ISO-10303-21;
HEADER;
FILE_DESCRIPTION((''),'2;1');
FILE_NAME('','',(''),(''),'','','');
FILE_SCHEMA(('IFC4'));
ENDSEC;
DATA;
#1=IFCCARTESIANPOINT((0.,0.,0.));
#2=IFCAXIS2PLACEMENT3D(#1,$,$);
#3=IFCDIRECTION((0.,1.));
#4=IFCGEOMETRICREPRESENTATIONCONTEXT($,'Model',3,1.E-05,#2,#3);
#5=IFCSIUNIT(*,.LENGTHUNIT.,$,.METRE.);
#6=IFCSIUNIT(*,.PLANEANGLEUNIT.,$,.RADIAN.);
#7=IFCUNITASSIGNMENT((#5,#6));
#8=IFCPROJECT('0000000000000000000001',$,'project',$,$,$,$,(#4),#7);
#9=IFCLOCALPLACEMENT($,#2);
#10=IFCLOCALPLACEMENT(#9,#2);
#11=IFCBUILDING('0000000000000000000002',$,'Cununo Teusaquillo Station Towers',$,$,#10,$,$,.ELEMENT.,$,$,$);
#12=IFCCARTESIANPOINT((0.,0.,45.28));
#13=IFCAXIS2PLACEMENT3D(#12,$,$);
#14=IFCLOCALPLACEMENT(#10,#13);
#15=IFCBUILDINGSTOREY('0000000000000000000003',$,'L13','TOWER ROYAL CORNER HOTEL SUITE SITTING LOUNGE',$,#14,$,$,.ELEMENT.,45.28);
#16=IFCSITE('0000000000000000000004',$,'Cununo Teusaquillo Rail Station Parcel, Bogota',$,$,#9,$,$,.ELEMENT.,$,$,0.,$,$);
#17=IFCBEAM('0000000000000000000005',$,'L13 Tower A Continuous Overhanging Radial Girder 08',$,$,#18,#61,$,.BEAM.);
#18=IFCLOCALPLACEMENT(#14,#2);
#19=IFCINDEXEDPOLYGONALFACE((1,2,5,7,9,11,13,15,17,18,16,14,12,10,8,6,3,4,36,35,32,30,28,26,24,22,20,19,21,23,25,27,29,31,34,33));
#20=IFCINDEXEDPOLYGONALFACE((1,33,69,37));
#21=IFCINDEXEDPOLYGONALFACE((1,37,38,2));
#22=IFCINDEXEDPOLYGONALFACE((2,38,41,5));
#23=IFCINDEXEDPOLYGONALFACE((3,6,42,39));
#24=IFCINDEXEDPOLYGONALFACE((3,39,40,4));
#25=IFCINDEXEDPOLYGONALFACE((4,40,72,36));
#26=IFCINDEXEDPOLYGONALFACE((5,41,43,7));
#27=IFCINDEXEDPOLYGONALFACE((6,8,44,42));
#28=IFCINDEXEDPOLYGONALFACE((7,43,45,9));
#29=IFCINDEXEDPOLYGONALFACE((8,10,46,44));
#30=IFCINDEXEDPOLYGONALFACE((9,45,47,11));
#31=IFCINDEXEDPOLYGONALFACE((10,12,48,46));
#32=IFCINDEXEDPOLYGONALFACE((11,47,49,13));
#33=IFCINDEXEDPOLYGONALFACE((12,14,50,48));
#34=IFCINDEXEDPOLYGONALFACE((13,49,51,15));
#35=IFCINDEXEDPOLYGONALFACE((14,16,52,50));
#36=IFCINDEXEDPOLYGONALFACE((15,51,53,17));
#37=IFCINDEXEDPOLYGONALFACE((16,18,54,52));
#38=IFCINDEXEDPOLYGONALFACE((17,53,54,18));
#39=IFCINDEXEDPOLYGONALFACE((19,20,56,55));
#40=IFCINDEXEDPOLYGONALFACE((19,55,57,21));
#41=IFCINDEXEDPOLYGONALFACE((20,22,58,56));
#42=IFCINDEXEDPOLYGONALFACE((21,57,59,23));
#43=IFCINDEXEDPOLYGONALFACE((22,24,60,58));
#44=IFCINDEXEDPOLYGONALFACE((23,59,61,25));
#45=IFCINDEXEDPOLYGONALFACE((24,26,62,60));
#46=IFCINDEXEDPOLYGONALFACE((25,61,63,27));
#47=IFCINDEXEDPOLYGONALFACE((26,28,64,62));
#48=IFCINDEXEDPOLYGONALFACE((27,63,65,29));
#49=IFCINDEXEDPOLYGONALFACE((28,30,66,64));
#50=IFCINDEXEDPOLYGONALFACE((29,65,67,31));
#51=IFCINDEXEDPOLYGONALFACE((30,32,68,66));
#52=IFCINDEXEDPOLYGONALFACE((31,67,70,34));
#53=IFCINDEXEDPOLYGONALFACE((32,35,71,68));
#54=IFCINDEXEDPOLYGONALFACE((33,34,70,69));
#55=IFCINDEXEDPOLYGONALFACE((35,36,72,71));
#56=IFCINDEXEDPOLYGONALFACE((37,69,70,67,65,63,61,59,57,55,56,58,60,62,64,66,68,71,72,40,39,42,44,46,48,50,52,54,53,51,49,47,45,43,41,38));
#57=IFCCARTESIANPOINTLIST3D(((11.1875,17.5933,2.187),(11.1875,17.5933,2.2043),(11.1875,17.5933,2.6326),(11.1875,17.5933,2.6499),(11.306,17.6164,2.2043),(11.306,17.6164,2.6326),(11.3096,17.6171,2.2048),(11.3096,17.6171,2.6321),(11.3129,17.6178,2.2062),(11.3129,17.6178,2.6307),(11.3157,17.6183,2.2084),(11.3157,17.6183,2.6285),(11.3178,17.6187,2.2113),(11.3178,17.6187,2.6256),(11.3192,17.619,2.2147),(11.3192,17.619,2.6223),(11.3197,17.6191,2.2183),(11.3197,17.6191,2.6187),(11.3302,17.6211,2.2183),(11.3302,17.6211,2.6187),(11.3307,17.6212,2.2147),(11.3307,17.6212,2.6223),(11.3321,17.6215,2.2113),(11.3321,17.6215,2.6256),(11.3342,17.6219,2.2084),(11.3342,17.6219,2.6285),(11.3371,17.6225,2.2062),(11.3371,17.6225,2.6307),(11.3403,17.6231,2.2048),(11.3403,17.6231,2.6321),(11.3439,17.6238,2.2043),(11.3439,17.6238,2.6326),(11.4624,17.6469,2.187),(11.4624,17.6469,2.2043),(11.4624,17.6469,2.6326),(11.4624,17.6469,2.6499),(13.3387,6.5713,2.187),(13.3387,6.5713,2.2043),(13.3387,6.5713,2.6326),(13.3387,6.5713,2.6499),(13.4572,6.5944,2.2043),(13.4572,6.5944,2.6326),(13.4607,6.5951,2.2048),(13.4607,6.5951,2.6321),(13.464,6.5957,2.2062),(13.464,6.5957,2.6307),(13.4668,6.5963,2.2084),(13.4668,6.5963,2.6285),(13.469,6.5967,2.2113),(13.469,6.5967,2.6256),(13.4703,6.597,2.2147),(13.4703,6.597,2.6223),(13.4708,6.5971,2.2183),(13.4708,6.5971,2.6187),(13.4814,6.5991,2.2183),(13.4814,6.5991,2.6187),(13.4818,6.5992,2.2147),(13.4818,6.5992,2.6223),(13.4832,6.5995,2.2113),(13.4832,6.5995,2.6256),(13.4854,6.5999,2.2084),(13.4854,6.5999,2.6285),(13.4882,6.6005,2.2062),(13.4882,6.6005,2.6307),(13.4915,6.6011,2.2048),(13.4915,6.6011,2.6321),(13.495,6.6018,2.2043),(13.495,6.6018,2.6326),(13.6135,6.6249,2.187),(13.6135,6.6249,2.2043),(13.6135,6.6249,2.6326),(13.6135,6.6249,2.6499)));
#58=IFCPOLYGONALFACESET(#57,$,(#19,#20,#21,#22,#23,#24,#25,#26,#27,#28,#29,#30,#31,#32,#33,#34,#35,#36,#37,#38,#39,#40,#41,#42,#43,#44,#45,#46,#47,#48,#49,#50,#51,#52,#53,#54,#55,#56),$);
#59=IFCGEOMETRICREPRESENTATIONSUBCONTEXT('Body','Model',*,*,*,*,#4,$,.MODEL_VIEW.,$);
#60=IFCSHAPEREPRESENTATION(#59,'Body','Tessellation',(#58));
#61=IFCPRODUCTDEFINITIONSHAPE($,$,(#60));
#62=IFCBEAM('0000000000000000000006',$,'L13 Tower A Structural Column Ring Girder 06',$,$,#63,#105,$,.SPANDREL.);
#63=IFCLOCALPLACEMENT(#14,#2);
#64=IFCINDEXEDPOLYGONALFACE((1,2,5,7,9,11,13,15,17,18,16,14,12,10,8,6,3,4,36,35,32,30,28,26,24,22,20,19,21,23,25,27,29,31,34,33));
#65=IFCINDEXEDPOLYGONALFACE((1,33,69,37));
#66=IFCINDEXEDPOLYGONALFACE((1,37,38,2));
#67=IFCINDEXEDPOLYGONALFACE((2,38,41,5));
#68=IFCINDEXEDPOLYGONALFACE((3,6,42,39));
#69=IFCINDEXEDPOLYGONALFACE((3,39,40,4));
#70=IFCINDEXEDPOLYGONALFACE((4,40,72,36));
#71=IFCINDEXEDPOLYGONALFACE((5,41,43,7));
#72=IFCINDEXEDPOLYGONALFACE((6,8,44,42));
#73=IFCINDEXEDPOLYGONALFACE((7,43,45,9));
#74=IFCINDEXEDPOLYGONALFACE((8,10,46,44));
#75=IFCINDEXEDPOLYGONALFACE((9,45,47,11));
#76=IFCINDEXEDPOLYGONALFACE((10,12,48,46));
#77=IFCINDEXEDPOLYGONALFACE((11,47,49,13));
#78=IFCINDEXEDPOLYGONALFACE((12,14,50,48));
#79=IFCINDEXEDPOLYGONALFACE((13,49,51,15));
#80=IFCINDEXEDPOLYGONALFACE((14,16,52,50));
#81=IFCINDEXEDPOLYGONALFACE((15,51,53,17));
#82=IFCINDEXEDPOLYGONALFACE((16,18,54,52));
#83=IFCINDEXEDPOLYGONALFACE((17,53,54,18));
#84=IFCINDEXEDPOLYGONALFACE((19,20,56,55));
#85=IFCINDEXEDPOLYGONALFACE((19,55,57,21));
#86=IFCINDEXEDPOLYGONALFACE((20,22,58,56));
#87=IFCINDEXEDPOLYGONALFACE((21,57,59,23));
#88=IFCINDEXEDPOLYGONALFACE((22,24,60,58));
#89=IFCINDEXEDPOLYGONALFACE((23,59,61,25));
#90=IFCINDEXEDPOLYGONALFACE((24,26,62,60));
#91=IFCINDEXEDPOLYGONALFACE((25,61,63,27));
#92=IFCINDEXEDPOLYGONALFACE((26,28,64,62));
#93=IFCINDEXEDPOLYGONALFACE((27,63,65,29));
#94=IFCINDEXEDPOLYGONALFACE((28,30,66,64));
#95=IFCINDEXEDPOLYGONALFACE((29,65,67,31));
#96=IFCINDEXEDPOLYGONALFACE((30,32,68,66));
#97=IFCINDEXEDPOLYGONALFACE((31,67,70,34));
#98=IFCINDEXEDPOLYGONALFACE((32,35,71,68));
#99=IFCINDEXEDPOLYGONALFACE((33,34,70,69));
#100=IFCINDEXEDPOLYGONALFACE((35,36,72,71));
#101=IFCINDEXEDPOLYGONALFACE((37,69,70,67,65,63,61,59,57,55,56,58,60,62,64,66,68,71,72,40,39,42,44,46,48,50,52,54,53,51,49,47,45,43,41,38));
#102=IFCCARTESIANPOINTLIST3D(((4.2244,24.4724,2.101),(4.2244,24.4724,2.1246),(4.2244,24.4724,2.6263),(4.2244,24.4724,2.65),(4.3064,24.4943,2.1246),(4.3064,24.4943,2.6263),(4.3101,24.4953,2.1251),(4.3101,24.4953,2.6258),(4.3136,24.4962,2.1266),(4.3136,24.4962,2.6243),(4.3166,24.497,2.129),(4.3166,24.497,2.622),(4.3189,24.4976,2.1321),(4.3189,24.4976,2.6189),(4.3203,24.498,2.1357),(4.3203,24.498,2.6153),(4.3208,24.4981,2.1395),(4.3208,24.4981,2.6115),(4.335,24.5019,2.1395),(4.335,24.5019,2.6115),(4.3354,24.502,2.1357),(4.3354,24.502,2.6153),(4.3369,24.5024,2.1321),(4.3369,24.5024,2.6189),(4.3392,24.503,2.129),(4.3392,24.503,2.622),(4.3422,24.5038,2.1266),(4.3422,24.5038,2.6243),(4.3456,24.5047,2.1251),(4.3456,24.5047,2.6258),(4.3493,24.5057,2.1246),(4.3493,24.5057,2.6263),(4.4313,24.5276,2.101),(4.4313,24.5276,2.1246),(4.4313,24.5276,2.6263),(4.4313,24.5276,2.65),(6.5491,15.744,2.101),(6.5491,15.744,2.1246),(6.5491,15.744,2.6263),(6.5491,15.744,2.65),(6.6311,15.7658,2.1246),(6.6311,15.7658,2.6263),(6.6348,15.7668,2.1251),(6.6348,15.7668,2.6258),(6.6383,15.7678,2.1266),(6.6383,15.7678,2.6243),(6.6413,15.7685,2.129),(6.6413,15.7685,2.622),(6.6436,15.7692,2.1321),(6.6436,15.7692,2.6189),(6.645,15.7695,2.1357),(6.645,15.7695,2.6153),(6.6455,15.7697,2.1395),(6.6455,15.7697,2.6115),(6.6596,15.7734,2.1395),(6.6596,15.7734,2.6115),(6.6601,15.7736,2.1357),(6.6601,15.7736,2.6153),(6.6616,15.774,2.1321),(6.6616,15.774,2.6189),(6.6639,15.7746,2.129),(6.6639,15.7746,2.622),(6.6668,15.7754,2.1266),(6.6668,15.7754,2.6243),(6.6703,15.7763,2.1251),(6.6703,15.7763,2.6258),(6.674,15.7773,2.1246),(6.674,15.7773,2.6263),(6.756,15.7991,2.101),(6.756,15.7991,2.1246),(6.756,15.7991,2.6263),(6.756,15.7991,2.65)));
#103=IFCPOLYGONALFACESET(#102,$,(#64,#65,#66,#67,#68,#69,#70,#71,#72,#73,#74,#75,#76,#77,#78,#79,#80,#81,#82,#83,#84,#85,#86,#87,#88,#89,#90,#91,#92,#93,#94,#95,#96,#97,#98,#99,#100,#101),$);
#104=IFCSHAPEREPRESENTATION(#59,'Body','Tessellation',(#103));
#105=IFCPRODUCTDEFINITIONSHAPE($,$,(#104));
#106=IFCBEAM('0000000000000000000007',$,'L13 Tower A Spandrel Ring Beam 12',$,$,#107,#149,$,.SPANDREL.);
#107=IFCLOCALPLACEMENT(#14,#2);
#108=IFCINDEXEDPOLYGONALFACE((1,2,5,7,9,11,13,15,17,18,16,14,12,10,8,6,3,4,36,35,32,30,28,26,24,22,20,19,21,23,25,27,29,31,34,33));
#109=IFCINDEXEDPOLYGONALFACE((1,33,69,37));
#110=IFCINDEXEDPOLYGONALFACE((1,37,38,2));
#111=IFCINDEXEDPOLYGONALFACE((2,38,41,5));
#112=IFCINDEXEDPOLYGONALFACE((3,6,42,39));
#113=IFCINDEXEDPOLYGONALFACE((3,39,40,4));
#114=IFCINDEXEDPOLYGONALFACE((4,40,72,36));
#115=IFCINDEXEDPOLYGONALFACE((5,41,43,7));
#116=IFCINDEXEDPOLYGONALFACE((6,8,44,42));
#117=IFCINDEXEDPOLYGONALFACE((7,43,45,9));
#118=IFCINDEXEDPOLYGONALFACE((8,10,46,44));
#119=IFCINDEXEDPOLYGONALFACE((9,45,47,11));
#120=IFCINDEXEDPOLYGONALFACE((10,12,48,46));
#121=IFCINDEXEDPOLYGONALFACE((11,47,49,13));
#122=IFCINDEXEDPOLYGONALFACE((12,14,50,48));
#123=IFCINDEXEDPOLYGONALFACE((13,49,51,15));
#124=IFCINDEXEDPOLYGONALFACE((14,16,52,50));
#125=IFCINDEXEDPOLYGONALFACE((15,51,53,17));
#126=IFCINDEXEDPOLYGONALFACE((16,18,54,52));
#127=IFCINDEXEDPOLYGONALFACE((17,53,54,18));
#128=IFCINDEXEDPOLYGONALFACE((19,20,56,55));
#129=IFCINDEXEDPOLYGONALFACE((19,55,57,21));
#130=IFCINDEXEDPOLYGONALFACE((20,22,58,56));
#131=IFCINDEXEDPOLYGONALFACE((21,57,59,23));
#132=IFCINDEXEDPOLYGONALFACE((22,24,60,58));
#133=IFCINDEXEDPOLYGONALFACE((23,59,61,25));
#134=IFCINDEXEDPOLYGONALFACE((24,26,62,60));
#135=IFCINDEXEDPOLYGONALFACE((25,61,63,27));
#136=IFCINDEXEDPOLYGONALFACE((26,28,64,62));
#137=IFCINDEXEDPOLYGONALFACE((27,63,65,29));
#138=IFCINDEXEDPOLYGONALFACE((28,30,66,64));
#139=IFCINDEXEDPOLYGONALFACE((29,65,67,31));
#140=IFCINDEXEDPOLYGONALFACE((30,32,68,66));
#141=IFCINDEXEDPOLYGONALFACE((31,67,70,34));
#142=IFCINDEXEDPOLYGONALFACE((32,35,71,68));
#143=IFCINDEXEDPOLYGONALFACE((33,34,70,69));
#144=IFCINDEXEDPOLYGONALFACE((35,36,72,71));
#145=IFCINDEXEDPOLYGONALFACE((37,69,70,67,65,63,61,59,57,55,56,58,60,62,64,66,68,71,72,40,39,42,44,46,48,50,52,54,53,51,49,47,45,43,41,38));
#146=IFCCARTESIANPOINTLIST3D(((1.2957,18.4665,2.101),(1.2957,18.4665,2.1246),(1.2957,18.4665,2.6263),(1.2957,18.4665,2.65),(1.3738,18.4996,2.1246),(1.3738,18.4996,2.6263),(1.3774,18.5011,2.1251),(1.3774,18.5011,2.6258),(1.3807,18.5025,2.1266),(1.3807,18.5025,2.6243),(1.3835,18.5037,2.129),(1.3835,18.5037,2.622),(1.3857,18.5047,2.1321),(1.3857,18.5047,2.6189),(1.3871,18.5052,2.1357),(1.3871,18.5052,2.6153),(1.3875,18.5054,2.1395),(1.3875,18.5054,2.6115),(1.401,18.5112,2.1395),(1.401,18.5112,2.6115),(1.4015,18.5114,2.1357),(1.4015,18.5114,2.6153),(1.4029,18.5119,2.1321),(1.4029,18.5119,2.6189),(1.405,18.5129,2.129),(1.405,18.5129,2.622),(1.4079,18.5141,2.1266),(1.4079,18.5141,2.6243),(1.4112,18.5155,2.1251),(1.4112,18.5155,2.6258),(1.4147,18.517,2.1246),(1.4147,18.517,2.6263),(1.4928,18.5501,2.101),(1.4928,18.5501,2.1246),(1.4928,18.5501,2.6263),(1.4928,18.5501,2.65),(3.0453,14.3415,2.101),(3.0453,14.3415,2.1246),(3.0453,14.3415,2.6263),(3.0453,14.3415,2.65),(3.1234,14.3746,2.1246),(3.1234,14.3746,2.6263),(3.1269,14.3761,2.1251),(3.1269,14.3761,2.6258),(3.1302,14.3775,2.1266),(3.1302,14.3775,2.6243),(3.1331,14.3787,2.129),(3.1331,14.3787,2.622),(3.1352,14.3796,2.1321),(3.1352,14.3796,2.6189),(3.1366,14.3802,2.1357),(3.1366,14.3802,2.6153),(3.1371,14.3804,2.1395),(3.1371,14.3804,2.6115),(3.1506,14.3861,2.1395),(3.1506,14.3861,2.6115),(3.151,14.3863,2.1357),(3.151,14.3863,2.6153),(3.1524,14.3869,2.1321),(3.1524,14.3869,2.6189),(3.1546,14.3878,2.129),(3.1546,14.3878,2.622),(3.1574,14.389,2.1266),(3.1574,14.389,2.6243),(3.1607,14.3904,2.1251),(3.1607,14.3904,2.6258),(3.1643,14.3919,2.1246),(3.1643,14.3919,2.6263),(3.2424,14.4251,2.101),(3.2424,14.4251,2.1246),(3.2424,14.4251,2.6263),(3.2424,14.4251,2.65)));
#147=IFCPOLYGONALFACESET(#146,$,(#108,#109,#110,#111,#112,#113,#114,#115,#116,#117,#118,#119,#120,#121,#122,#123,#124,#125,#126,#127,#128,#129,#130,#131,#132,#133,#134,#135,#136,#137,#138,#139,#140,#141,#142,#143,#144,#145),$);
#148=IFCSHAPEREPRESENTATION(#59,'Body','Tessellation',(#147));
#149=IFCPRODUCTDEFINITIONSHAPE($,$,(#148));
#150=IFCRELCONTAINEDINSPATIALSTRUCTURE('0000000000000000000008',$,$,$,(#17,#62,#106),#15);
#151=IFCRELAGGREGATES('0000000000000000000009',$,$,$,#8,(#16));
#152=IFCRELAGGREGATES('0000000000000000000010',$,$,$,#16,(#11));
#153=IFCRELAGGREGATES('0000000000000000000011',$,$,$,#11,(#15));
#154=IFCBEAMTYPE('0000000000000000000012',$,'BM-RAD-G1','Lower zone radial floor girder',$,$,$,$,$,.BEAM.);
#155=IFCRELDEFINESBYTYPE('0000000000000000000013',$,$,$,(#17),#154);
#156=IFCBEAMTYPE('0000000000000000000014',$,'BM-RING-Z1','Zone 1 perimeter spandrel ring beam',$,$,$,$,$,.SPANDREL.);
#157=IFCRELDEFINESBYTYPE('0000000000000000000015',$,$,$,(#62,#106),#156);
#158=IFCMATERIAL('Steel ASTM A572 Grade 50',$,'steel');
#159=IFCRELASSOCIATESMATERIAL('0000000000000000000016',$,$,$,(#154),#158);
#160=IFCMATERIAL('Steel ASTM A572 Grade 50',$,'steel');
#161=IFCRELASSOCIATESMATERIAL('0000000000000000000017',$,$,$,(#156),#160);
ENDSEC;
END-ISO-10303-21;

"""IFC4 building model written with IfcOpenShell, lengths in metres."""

from ifc_helpers import new_model, si_unit, direction, frame, origin, origin_2d, place, context, subcontext, project, spatial, i_section, extrude, material, material_profile, profile_set, type_object, element, save


model = new_model("IFC4")

# Units and contexts
model_context = context("Model", 3, precision=1e-05, world=origin(), true_north=direction((0.0, 1.0)))
body_context = subcontext(model_context, "Body", "Model", "MODEL_VIEW")
ifc_project = project(units=[si_unit("LENGTHUNIT", "METRE"), si_unit("PLANEANGLEUNIT", "RADIAN")], contexts=[model_context])

# Site, building, storey
site_placement = place(None, origin())
site = spatial("IfcSite", under=ifc_project, at=site_placement, Name="Cununo Teusaquillo Rail Station Parcel, Bogota", CompositionType="ELEMENT", RefElevation=0.0)
building_placement = place(site_placement, origin())
building = spatial("IfcBuilding", under=site, at=building_placement, Name="Cununo Teusaquillo Station Towers", CompositionType="ELEMENT")
storey_placement = place(building_placement, frame((0.0, 0.0, 45.28)))
storey = spatial("IfcBuildingStorey", under=building, at=storey_placement, Name="L13", Description="TOWER ROYAL CORNER HOTEL SUITE SITTING LOUNGE", CompositionType="ELEMENT", Elevation=45.28)

# Beams
ifc_material_1 = material(Name="Steel ASTM A572 Grade 50", Category="steel")
ifc_material_profile_1 = material_profile(ifc_material_1, i_section(OverallWidth=0.28, OverallDepth=0.4629, WebThickness=0.0107, FlangeThickness=0.0173, FilletRadius=0.0139, at=origin_2d()), Name="W18X76")
ifc_profile_set_1 = profile_set([ifc_material_profile_1], Name="Steel ASTM A572 Grade 50")
beam_type_1 = type_object("IfcBeamType", Name="BM-RAD-G1", Description="Lower zone radial floor girder", PredefinedType="BEAM", material=ifc_profile_set_1)
beam_1_placement = place(storey_placement, frame((11.325, 17.6201, 2.4185), z_axis=(0.191553, -0.981482, 0.0), x_axis=(0.981482, 0.191553, 0.0)))
element("IfcBeam", 1, at=beam_1_placement, inside=storey, type_object=beam_type_1, Name="L13 Tower A Continuous Overhanging Radial Girder 08", PredefinedType="BEAM", context=body_context, shape_type="SweptSolid", body=[
    extrude(i_section(OverallWidth=0.28, OverallDepth=0.4629, WebThickness=0.0107, FlangeThickness=0.0173, FilletRadius=0.0139, at=origin_2d()), origin(), (0.0, 0.0, 1.0), 11.23),
])
ifc_material_2 = material(Name="Steel ASTM A572 Grade 50", Category="steel")
ifc_material_profile_2 = material_profile(ifc_material_2, i_section(OverallWidth=0.2141, OverallDepth=0.5491, WebThickness=0.0146, FlangeThickness=0.0237, FilletRadius=0.0149, at=origin_2d()), Name="W21X93")
ifc_profile_set_2 = profile_set([ifc_material_profile_2], Name="Steel ASTM A572 Grade 50")
beam_type_2 = type_object("IfcBeamType", Name="BM-RING-Z1", Description="Zone 1 perimeter spandrel ring beam", PredefinedType="SPANDREL", material=ifc_profile_set_2)
beam_2_placement = place(storey_placement, frame((4.3279, 24.5, 2.3755), z_axis=(0.257363, -0.966315, 0.0), x_axis=(0.966315, 0.257363, 0.0)))
element("IfcBeam", 2, at=beam_2_placement, inside=storey, type_object=beam_type_2, Name="L13 Tower A Structural Column Ring Girder 06", PredefinedType="SPANDREL", context=body_context, shape_type="SweptSolid", body=[
    extrude(i_section(OverallWidth=0.2141, OverallDepth=0.5491, WebThickness=0.0146, FlangeThickness=0.0237, FilletRadius=0.0149, at=origin_2d()), origin(), (0.0, 0.0, 1.0), 9.0327),
])
beam_3_placement = place(storey_placement, frame((1.3943, 18.5083, 2.3755), z_axis=(0.390457, -0.920621, 0.0), x_axis=(0.920621, 0.390457, 0.0)))
element("IfcBeam", 3, at=beam_3_placement, inside=storey, type_object=beam_type_2, Name="L13 Tower A Spandrel Ring Beam 12", PredefinedType="SPANDREL", context=body_context, shape_type="SweptSolid", body=[
    extrude(i_section(OverallWidth=0.2141, OverallDepth=0.5491, WebThickness=0.0146, FlangeThickness=0.0237, FilletRadius=0.0149, at=origin_2d()), origin(), (0.0, 0.0, 1.0), 4.4807),
])

save(model, "model.ifc")
